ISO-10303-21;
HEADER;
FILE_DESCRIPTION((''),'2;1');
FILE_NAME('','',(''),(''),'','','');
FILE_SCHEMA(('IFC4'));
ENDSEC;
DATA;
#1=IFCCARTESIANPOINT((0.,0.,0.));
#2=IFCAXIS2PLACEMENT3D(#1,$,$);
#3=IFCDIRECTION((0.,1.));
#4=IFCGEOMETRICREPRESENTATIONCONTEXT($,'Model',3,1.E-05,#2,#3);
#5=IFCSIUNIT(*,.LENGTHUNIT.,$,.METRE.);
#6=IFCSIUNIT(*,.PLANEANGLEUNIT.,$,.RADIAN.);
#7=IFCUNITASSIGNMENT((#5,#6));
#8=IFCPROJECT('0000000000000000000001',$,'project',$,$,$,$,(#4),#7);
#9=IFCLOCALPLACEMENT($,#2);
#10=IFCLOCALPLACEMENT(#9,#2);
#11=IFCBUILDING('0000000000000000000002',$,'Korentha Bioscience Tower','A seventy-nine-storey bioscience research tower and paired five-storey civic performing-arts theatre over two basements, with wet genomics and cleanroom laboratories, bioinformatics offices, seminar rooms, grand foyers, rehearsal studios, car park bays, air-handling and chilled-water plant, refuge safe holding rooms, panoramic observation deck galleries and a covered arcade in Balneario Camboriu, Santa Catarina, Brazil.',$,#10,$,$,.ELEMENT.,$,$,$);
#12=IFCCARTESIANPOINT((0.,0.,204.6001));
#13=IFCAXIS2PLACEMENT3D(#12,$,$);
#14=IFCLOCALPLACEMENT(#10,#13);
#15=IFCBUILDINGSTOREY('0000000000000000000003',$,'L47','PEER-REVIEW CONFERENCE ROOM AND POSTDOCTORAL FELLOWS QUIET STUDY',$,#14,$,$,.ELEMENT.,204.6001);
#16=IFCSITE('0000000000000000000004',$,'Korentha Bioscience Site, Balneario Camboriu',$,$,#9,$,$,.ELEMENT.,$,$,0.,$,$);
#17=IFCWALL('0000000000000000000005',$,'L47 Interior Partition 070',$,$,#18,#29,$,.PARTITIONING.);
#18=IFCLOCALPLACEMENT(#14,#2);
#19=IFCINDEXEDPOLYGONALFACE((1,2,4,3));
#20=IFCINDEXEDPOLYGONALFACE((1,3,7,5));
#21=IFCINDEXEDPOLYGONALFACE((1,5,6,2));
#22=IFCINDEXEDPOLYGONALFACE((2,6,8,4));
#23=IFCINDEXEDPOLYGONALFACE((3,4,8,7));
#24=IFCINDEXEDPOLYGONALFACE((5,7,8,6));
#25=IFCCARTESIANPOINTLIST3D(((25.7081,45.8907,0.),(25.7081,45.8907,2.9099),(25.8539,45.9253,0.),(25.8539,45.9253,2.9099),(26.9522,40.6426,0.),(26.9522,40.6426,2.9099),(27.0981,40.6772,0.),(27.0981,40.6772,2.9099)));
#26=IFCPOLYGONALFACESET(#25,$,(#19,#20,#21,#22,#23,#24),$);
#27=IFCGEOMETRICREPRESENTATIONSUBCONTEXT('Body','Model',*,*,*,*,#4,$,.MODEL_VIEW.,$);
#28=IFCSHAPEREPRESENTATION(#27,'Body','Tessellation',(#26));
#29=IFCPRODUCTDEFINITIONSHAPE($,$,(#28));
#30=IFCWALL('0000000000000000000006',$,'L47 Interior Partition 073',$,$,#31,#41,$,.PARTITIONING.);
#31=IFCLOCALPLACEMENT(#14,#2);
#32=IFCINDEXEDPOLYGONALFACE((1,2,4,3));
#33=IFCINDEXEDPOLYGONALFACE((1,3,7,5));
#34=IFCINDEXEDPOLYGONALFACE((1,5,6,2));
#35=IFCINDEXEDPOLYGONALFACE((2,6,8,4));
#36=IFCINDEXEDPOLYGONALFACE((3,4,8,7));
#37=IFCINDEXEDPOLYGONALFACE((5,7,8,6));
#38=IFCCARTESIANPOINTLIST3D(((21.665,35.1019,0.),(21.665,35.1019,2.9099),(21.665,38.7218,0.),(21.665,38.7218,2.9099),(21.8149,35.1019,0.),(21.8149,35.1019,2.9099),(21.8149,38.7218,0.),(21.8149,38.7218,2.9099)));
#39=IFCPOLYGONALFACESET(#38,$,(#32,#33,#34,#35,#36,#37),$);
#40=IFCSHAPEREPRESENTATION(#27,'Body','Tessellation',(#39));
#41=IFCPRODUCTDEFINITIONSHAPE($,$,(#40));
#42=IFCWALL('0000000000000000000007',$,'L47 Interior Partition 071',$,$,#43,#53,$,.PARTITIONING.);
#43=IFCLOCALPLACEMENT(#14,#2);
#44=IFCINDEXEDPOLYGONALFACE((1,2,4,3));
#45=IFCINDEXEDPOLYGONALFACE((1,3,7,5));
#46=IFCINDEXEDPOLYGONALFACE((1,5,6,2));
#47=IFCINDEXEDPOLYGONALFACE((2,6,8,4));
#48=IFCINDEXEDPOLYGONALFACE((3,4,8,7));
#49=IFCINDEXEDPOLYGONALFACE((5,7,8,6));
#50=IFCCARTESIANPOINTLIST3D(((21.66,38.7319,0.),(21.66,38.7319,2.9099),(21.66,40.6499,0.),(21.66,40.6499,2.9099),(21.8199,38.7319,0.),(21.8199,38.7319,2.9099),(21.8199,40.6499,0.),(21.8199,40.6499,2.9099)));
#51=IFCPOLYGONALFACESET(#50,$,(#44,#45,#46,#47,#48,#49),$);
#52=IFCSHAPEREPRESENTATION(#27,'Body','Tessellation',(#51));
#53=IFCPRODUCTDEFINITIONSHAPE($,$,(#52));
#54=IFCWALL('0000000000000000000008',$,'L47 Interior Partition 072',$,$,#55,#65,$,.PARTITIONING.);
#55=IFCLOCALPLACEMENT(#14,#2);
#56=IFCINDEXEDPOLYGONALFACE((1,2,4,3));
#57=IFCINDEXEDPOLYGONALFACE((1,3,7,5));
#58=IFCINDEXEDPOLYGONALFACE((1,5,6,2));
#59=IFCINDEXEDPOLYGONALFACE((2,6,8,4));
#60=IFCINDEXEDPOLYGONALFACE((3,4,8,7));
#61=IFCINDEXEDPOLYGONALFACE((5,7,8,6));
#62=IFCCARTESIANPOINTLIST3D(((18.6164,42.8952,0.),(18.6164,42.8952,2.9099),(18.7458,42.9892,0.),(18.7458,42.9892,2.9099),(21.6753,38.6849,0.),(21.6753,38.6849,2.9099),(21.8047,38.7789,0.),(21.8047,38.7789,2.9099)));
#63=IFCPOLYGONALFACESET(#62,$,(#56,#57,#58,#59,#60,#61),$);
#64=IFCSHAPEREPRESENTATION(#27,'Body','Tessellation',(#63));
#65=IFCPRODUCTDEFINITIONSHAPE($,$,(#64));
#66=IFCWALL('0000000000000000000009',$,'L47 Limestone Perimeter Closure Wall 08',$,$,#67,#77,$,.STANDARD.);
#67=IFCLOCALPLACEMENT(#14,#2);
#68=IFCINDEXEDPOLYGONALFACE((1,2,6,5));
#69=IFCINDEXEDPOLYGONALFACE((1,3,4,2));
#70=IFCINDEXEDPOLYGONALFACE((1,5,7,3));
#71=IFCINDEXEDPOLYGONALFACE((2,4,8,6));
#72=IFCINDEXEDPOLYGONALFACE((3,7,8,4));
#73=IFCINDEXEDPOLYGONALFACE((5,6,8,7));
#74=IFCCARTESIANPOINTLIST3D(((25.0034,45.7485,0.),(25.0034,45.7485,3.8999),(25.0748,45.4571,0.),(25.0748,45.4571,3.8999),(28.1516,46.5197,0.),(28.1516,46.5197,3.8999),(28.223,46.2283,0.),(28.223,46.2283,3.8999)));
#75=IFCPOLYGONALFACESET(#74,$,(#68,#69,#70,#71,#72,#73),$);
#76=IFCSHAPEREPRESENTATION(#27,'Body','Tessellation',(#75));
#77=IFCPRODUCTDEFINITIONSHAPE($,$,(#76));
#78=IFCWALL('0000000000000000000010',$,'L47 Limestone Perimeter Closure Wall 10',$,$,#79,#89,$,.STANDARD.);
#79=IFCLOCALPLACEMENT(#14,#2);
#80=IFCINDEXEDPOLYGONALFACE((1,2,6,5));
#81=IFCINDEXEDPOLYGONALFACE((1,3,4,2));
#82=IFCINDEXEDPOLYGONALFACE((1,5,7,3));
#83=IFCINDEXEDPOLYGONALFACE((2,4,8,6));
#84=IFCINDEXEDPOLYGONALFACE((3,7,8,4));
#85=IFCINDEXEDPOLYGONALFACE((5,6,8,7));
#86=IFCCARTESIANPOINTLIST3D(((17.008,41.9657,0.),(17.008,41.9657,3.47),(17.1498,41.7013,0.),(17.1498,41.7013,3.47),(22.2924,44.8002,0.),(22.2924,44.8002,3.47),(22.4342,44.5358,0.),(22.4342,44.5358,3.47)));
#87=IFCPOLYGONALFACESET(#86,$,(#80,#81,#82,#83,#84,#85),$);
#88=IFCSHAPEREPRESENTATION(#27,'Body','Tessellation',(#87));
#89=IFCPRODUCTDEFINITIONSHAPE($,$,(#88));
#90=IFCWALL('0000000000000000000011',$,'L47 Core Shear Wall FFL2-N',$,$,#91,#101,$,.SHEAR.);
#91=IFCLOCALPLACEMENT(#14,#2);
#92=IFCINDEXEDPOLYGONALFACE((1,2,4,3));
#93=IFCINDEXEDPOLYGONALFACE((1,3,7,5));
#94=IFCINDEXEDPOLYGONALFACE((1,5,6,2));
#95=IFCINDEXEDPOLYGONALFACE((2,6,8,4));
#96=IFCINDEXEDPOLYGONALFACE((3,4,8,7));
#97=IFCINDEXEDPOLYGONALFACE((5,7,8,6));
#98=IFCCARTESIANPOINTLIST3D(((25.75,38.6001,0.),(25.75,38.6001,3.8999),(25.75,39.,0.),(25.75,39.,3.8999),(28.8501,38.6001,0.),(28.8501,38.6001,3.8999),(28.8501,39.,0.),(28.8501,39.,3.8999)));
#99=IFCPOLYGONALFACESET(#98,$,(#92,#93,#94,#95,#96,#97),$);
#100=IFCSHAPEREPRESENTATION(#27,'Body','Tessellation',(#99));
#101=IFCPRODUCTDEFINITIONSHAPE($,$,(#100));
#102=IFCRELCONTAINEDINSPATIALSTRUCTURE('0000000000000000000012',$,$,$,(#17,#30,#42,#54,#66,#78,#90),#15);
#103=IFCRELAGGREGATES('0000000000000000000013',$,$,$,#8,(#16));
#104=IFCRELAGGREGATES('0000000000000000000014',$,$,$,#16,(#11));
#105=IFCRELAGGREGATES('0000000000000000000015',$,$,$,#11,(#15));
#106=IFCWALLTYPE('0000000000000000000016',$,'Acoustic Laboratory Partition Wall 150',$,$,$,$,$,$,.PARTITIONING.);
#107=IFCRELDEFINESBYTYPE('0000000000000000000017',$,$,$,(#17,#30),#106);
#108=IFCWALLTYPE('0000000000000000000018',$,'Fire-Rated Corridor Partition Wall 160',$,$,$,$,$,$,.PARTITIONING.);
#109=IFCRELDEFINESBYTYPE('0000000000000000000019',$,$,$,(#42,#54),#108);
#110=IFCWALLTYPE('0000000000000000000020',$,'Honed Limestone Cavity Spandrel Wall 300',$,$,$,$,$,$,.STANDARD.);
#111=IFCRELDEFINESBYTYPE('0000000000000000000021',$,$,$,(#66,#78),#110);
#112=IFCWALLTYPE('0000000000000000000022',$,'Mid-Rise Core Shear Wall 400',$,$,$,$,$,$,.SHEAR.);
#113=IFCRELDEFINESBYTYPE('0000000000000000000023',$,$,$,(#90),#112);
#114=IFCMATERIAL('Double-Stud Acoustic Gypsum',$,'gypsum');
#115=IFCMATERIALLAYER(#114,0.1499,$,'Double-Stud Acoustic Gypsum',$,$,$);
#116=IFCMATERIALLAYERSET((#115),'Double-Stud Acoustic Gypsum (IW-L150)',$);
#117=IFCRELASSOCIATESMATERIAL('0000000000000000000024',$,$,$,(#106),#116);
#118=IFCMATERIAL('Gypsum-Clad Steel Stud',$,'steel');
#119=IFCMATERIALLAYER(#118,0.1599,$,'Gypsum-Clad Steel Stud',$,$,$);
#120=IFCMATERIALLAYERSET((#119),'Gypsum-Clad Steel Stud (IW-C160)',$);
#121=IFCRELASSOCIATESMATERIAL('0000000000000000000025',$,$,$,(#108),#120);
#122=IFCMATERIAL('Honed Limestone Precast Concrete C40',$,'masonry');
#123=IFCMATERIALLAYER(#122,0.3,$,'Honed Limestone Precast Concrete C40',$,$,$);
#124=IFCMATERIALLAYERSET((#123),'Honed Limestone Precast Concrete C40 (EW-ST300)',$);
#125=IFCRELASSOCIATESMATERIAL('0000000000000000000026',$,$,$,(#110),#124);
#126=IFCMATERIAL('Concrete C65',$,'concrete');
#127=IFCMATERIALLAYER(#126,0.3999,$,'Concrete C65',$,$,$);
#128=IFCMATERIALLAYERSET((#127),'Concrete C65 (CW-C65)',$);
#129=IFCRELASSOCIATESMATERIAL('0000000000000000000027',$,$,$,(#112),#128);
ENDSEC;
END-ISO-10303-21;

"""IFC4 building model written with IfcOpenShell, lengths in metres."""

from ifc_helpers import new_model, si_unit, direction, frame, frame_2d, origin, place, context, subcontext, project, spatial, rectangle, extrude, material, layer, layer_set, type_object, element, save


model = new_model("IFC4")

# Units and contexts
model_context = context("Model", 3, precision=1e-05, world=origin(), true_north=direction((0.0, 1.0)))
body_context = subcontext(model_context, "Body", "Model", "MODEL_VIEW")
ifc_project = project(units=[si_unit("LENGTHUNIT", "METRE"), si_unit("PLANEANGLEUNIT", "RADIAN")], contexts=[model_context])

# Site, building, storey
site_placement = place(None, origin())
site = spatial("IfcSite", under=ifc_project, at=site_placement, Name="Korentha Bioscience Site, Balneario Camboriu", CompositionType="ELEMENT", RefElevation=0.0)
building_placement = place(site_placement, origin())
building = spatial("IfcBuilding", under=site, at=building_placement, Name="Korentha Bioscience Tower", Description="A seventy-nine-storey bioscience research tower and paired five-storey civic performing-arts theatre over two basements, with wet genomics and cleanroom laboratories, bioinformatics offices, seminar rooms, grand foyers, rehearsal studios, car park bays, air-handling and chilled-water plant, refuge safe holding rooms, panoramic observation deck galleries and a covered arcade in Balneario Camboriu, Santa Catarina, Brazil.", CompositionType="ELEMENT")
storey_placement = place(building_placement, frame((0.0, 0.0, 204.6001)))
storey = spatial("IfcBuildingStorey", under=building, at=storey_placement, Name="L47", Description="PEER-REVIEW CONFERENCE ROOM AND POSTDOCTORAL FELLOWS QUIET STUDY", CompositionType="ELEMENT", Elevation=204.6001)

# Shared definitions
ifc_material_1 = material(Name="Concrete C65", Category="concrete")

# Walls
ifc_material_2 = material(Name="Double-Stud Acoustic Gypsum", Category="gypsum")
ifc_layer_1 = layer(ifc_material_2, 0.1499, Name="Double-Stud Acoustic Gypsum")
ifc_layer_set_1 = layer_set([ifc_layer_1], Name="Double-Stud Acoustic Gypsum (IW-L150)")
wall_type_1 = type_object("IfcWallType", Name="Acoustic Laboratory Partition Wall 150", PredefinedType="PARTITIONING", material=ifc_layer_set_1)
wall_1_placement = place(storey_placement, frame((27.0251, 40.6599, 0.0), z_axis=(0.0, 0.0, 1.0), x_axis=(-0.230674, 0.973031, 0.0)))
element("IfcWall", 1, at=wall_1_placement, inside=storey, type_object=wall_type_1, Name="L47 Interior Partition 070", PredefinedType="PARTITIONING", context=body_context, shape_type="SweptSolid", body=[
    extrude(rectangle(XDim=5.3936, YDim=0.1499, at=frame_2d((2.6968, 0.0))), origin(), (0.0, 0.0, 1.0), 2.9099),
])
wall_2_placement = place(storey_placement, frame((21.74, 38.7219, 0.0), z_axis=(0.0, 0.0, 1.0), x_axis=(0.0, -1.0, 0.0)))
element("IfcWall", 2, at=wall_2_placement, inside=storey, type_object=wall_type_1, Name="L47 Interior Partition 073", PredefinedType="PARTITIONING", context=body_context, shape_type="SweptSolid", body=[
    extrude(rectangle(XDim=3.6199, YDim=0.1499, at=frame_2d((1.8101, 0.0))), origin(), (0.0, 0.0, 1.0), 2.9099),
])

# Shared definitions
ifc_material_3 = material(Name="Gypsum-Clad Steel Stud", Category="steel")
ifc_layer_2 = layer(ifc_material_3, 0.1599, Name="Gypsum-Clad Steel Stud")
ifc_layer_set_2 = layer_set([ifc_layer_2], Name="Gypsum-Clad Steel Stud (IW-C160)")
wall_type_2 = type_object("IfcWallType", Name="Fire-Rated Corridor Partition Wall 160", PredefinedType="PARTITIONING", material=ifc_layer_set_2)

# Walls
wall_3_placement = place(storey_placement, frame((21.74, 40.6499, 0.0), z_axis=(0.0, 0.0, 1.0), x_axis=(0.0, -1.0, 0.0)))
element("IfcWall", 3, at=wall_3_placement, inside=storey, type_object=wall_type_2, Name="L47 Interior Partition 071", PredefinedType="PARTITIONING", context=body_context, shape_type="SweptSolid", body=[
    extrude(rectangle(XDim=1.918, YDim=0.1599, at=frame_2d((0.959, 0.0))), origin(), (0.0, 0.0, 1.0), 2.9099),
])
wall_4_placement = place(storey_placement, frame((21.74, 38.7319, 0.0), z_axis=(0.0, 0.0, 1.0), x_axis=(-0.587778, 0.809022, 0.0)))
element("IfcWall", 4, at=wall_4_placement, inside=storey, type_object=wall_type_2, Name="L47 Interior Partition 072", PredefinedType="PARTITIONING", context=body_context, shape_type="SweptSolid", body=[
    extrude(rectangle(XDim=5.2041, YDim=0.1599, at=frame_2d((2.6021, 0.0))), origin(), (0.0, 0.0, 1.0), 2.9099),
])

# Shared definitions
ifc_material_4 = material(Name="Honed Limestone Precast Concrete C40", Category="masonry")
ifc_layer_3 = layer(ifc_material_4, 0.3, Name="Honed Limestone Precast Concrete C40")
ifc_layer_set_3 = layer_set([ifc_layer_3], Name="Honed Limestone Precast Concrete C40 (EW-ST300)")
wall_type_3 = type_object("IfcWallType", Name="Honed Limestone Cavity Spandrel Wall 300", PredefinedType="STANDARD", material=ifc_layer_set_3)

# Walls
wall_5_placement = place(storey_placement, frame((28.1873, 46.374, 0.0), z_axis=(0.0, 0.0, 1.0), x_axis=(-0.971279, -0.237943, 0.0)))
element("IfcWall", 5, at=wall_5_placement, inside=storey, type_object=wall_type_3, Name="L47 Limestone Perimeter Closure Wall 08", PredefinedType="STANDARD", context=body_context, shape_type="SweptSolid", body=[
    extrude(rectangle(XDim=3.2412, YDim=0.3, at=frame_2d((1.6206, 0.0))), origin(), (0.0, 0.0, 1.0), 3.8999),
])
wall_6_placement = place(storey_placement, frame((22.3633, 44.668, 0.0), z_axis=(0.0, 0.0, 1.0), x_axis=(-0.881235, -0.472679, 0.0)))
element("IfcWall", 6, at=wall_6_placement, inside=storey, type_object=wall_type_3, Name="L47 Limestone Perimeter Closure Wall 10", PredefinedType="STANDARD", context=body_context, shape_type="SweptSolid", body=[
    extrude(rectangle(XDim=5.9966, YDim=0.3, at=frame_2d((2.9983, 0.0))), origin(), (0.0, 0.0, 1.0), 3.47),
])
ifc_layer_4 = layer(ifc_material_1, 0.3999, Name="Concrete C65")
ifc_layer_set_4 = layer_set([ifc_layer_4], Name="Concrete C65 (CW-C65)")
wall_type_4 = type_object("IfcWallType", Name="Mid-Rise Core Shear Wall 400", PredefinedType="SHEAR", material=ifc_layer_set_4)
wall_7_placement = place(storey_placement, frame((25.75, 38.8, 0.0), z_axis=(0.0, 0.0, 1.0), x_axis=(1.0, 0.0, 0.0)))
element("IfcWall", 7, at=wall_7_placement, inside=storey, type_object=wall_type_4, Name="L47 Core Shear Wall FFL2-N", PredefinedType="SHEAR", context=body_context, shape_type="SweptSolid", body=[
    extrude(rectangle(XDim=3.1001, YDim=0.3999, at=frame_2d((1.55, 0.0))), origin(), (0.0, 0.0, 1.0), 3.8999),
])

save(model, "model.ifc")
